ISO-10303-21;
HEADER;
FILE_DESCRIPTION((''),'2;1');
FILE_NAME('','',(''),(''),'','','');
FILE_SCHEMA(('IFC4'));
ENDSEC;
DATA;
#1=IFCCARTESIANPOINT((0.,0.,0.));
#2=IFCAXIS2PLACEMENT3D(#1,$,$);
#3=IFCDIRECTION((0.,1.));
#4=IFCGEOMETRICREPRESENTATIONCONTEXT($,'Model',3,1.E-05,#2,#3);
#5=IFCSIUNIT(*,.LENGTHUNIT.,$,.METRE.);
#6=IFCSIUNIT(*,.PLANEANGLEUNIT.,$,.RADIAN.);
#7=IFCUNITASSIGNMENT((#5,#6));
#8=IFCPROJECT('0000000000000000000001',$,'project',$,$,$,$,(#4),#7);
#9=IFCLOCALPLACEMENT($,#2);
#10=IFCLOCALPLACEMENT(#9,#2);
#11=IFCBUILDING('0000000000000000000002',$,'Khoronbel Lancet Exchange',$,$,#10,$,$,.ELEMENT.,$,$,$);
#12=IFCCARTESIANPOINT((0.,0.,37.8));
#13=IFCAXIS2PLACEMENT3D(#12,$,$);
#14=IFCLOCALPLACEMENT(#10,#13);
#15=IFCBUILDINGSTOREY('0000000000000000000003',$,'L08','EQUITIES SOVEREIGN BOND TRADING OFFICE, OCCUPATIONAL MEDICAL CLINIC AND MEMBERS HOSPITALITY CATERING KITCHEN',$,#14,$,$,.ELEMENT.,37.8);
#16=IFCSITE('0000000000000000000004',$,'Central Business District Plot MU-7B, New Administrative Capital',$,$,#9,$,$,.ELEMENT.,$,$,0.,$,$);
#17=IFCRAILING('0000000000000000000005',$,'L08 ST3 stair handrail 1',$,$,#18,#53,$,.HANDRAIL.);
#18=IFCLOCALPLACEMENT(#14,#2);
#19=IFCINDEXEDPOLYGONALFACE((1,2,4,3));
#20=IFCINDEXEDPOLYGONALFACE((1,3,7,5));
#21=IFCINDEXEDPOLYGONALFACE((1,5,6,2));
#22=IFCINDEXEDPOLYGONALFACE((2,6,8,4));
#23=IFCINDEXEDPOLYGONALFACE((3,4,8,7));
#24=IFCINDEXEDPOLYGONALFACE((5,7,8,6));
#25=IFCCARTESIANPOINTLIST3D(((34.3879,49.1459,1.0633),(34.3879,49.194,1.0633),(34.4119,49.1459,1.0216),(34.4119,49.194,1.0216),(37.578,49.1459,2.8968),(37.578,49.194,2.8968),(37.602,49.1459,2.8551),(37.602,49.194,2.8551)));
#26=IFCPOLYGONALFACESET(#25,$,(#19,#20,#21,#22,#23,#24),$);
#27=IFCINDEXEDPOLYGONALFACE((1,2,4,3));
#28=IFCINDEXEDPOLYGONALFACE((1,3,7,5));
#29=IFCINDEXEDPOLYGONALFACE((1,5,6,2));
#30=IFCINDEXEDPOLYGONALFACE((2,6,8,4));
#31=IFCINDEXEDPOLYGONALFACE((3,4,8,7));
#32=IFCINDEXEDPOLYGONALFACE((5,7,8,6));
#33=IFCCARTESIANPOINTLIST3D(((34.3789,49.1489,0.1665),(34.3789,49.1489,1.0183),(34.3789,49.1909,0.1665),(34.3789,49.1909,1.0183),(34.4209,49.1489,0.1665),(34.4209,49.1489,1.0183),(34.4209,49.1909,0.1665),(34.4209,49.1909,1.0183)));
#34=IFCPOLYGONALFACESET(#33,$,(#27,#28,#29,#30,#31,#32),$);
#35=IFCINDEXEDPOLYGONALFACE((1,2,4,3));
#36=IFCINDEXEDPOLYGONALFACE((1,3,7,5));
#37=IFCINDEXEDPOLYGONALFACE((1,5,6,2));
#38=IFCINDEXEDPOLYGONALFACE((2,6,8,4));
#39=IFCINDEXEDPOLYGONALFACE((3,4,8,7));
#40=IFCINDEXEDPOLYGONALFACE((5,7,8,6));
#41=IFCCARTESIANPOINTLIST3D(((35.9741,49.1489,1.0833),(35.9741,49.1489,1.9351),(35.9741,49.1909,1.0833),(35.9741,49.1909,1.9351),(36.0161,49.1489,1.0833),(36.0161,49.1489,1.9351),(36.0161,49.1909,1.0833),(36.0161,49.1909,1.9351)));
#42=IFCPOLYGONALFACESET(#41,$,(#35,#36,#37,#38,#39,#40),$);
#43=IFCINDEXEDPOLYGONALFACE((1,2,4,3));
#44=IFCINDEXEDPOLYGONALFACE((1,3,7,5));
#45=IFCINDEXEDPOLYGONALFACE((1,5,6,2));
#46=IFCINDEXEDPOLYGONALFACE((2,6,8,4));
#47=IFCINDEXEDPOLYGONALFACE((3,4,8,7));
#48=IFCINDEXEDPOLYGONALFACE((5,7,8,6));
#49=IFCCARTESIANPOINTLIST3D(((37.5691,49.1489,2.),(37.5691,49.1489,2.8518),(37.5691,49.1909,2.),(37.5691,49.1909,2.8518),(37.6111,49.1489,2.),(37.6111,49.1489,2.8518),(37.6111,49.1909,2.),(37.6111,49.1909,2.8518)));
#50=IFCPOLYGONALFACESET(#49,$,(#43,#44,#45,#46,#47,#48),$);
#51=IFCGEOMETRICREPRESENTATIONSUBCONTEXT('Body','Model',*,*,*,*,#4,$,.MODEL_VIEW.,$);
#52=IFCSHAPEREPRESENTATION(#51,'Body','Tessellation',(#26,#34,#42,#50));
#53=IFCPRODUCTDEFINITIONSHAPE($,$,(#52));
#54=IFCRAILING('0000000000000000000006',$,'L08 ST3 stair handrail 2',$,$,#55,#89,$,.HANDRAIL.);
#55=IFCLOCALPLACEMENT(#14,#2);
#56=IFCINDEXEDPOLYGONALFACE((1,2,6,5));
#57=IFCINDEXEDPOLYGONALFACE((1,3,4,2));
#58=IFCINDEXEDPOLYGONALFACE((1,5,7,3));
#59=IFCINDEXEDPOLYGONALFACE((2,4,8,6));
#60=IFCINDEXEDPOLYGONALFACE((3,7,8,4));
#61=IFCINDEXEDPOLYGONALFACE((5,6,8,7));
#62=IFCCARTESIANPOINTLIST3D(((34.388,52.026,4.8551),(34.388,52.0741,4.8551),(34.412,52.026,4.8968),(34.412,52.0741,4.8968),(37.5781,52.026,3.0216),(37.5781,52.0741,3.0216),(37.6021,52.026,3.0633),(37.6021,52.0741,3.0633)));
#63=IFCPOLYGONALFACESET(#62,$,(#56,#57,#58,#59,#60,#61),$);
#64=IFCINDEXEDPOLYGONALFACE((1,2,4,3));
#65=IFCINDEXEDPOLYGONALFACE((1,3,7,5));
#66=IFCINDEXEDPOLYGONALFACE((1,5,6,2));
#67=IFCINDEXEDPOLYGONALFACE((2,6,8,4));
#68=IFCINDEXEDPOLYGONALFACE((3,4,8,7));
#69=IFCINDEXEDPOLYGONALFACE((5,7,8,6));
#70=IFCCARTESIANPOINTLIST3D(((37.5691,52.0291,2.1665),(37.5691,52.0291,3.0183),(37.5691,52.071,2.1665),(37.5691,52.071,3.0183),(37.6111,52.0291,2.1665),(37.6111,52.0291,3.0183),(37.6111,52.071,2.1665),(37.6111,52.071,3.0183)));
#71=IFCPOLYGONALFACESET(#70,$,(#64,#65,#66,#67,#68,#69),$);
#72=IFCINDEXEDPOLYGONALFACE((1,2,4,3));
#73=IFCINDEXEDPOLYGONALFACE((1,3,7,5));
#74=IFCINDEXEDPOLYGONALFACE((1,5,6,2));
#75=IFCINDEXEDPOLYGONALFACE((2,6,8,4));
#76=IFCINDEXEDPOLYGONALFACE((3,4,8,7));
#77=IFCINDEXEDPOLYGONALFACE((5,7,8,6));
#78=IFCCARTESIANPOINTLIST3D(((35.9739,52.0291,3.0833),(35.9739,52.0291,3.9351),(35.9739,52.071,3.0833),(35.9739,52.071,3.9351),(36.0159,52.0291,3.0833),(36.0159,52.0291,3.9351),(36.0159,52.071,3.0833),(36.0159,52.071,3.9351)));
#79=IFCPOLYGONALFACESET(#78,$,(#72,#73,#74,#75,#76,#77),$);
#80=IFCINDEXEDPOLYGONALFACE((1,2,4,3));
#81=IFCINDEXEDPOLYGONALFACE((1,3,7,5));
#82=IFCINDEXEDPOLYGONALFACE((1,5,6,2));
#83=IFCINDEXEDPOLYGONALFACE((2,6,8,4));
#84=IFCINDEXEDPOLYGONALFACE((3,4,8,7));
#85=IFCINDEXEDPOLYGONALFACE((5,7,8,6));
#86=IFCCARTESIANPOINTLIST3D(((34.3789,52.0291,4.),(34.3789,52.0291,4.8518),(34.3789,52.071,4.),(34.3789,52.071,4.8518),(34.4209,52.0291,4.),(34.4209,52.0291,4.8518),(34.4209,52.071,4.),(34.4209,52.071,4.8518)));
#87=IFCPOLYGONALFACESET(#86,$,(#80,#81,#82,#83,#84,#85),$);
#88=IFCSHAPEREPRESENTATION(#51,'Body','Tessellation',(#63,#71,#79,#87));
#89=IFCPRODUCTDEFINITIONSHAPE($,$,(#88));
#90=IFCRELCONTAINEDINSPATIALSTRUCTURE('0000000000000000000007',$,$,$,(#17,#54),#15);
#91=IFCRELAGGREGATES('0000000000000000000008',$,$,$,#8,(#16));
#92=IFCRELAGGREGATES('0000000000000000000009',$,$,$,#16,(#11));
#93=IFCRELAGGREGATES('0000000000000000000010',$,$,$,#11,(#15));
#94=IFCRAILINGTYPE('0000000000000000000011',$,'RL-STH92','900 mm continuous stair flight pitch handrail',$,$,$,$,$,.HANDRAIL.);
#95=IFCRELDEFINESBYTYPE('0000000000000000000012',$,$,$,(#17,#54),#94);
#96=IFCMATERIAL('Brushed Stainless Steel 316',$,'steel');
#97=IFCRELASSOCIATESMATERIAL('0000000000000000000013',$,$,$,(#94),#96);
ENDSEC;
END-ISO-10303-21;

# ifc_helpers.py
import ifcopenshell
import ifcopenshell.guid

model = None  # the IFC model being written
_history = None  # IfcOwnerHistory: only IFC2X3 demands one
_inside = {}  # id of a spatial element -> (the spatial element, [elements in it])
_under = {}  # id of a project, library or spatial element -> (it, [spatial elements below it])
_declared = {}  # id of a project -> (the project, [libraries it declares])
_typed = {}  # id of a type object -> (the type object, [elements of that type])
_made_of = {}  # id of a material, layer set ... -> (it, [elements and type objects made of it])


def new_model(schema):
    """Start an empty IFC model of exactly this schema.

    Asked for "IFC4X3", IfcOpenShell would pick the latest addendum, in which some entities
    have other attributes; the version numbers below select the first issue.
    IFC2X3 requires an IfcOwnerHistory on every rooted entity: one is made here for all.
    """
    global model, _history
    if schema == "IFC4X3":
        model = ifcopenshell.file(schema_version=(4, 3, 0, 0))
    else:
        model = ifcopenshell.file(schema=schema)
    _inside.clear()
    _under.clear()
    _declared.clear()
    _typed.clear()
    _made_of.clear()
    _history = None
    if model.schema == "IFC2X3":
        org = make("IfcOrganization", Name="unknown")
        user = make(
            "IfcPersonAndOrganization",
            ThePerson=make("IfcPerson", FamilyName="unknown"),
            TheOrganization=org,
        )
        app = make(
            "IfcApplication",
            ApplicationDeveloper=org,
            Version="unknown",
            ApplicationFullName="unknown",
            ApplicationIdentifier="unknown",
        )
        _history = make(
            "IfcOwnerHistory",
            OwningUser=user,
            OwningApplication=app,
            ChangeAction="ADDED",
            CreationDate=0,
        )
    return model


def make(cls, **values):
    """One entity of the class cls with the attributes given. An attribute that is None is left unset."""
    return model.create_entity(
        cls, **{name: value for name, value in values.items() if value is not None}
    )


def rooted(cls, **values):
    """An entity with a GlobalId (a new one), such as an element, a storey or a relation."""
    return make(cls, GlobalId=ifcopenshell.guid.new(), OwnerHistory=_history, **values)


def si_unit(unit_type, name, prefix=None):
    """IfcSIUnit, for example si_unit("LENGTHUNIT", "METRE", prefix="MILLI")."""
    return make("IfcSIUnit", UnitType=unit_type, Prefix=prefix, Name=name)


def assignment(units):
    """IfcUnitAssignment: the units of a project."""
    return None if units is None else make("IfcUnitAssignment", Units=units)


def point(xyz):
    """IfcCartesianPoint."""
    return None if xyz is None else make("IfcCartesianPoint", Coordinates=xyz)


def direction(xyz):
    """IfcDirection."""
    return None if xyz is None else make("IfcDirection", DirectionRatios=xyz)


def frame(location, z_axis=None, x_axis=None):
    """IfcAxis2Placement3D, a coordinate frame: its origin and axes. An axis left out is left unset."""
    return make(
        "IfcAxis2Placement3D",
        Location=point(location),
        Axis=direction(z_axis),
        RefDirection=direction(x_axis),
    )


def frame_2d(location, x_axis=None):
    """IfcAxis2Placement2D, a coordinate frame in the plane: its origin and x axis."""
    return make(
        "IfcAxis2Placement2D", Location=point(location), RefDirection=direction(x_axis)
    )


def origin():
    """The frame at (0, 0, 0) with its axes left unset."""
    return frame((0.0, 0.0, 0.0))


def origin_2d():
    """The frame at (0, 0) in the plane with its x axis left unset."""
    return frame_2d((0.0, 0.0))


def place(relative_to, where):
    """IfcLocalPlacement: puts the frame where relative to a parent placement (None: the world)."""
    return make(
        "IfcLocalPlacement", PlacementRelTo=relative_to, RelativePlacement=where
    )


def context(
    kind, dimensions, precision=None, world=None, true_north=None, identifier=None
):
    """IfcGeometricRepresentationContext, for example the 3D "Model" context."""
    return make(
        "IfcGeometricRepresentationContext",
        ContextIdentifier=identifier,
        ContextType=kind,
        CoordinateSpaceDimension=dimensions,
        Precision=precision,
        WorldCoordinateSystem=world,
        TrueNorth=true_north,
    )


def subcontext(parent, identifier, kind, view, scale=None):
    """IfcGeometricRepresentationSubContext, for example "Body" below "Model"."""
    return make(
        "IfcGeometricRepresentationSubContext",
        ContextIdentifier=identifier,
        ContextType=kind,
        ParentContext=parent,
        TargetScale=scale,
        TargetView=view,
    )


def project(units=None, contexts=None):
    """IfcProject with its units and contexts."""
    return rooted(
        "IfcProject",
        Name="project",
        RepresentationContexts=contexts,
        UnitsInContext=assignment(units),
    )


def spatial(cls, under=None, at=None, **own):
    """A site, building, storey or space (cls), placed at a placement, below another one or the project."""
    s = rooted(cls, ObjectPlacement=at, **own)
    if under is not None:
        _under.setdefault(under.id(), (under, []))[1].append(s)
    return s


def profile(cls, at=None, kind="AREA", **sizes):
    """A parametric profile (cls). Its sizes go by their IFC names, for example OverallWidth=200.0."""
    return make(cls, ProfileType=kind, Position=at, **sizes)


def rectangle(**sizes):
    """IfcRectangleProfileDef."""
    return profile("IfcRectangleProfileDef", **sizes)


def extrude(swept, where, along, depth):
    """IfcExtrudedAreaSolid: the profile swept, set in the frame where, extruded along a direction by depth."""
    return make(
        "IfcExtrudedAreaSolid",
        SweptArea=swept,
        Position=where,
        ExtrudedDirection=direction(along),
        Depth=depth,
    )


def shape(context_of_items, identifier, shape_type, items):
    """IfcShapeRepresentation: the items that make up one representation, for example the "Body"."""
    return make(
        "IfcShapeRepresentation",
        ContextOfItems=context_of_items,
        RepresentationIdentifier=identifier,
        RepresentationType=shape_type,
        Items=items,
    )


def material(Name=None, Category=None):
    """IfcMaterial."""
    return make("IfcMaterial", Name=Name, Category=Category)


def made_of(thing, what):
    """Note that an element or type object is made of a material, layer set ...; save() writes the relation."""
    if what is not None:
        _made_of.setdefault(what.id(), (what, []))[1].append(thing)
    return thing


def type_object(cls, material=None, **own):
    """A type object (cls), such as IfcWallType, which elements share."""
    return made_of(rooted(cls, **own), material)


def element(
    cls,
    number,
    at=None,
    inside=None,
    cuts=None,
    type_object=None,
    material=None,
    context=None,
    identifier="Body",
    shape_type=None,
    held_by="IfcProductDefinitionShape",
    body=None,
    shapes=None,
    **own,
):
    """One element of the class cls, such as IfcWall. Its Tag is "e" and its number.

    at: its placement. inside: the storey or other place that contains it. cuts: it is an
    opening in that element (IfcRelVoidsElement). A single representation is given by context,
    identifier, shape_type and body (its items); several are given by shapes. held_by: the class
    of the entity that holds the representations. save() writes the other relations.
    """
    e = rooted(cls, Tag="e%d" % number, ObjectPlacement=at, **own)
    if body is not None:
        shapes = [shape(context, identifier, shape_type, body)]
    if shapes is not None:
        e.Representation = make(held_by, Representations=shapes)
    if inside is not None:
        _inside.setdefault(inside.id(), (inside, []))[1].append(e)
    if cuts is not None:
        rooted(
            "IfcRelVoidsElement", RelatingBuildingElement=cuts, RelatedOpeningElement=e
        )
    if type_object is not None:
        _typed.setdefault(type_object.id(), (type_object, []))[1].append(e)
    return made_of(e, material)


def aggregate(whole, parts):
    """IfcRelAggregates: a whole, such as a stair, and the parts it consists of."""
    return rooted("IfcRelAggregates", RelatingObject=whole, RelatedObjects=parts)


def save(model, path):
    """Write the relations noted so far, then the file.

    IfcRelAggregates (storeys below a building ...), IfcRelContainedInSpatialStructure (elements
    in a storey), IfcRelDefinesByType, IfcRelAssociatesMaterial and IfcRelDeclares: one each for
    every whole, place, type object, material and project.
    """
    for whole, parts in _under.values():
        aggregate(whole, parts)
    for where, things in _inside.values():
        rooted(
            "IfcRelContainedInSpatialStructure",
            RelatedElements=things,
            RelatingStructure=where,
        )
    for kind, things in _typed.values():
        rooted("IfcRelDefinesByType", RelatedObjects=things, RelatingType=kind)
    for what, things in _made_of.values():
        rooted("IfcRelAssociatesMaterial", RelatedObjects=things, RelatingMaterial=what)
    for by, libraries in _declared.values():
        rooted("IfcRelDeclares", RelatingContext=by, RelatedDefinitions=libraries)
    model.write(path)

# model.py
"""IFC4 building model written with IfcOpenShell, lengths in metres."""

from ifc_helpers import new_model, si_unit, direction, frame, origin, origin_2d, place, context, subcontext, project, spatial, rectangle, extrude, material, type_object, element, save


model = new_model("IFC4")

# Units and contexts
model_context = context("Model", 3, precision=1e-05, world=origin(), true_north=direction((0.0, 1.0)))
body_context = subcontext(model_context, "Body", "Model", "MODEL_VIEW")
ifc_project = project(units=[si_unit("LENGTHUNIT", "METRE"), si_unit("PLANEANGLEUNIT", "RADIAN")], contexts=[model_context])

# Site, building, storey
site_placement = place(None, origin())
site = spatial("IfcSite", under=ifc_project, at=site_placement, Name="Central Business District Plot MU-7B, New Administrative Capital", CompositionType="ELEMENT", RefElevation=0.0)
building_placement = place(site_placement, origin())
building = spatial("IfcBuilding", under=site, at=building_placement, Name="Khoronbel Lancet Exchange", CompositionType="ELEMENT")
storey_placement = place(building_placement, frame((0.0, 0.0, 37.8)))
storey = spatial("IfcBuildingStorey", under=building, at=storey_placement, Name="L08", Description="EQUITIES SOVEREIGN BOND TRADING OFFICE, OCCUPATIONAL MEDICAL CLINIC AND MEMBERS HOSPITALITY CATERING KITCHEN", CompositionType="ELEMENT", Elevation=37.8)

# Railings
ifc_material_1 = material(Name="Brushed Stainless Steel 316", Category="steel")
railing_type_1 = type_object("IfcRailingType", Name="RL-STH92", Description="900 mm continuous stair flight pitch handrail", PredefinedType="HANDRAIL", material=ifc_material_1)
railing_1_placement = place(storey_placement, frame((34.3999, 49.1699, 0.1665)))
element("IfcRailing", 1, at=railing_1_placement, inside=storey, type_object=railing_type_1, Name="L08 ST3 stair handrail 1", PredefinedType="HANDRAIL", context=body_context, shape_type="SweptSolid", body=[
    extrude(rectangle(XDim=0.0481, YDim=0.0481, at=origin_2d()), frame((0.0, 0.0, 0.876), z_axis=(0.867007, 0.0, 0.498295), x_axis=(0.0, 1.0, 0.0)), (0.0, 0.0, 1.0), 3.6794),
    extrude(rectangle(XDim=0.042, YDim=0.042, at=origin_2d()), origin(), (0.0, 0.0, 1.0), 0.8518),
    extrude(rectangle(XDim=0.042, YDim=0.042, at=origin_2d()), frame((1.5952, 0.0, 0.9167)), (0.0, 0.0, 1.0), 0.8518),
    extrude(rectangle(XDim=0.042, YDim=0.042, at=origin_2d()), frame((3.1902, 0.0, 1.8335)), (0.0, 0.0, 1.0), 0.8518),
])
railing_2_placement = place(storey_placement, frame((37.5901, 52.05, 2.1665)))
element("IfcRailing", 2, at=railing_2_placement, inside=storey, type_object=railing_type_1, Name="L08 ST3 stair handrail 2", PredefinedType="HANDRAIL", context=body_context, shape_type="SweptSolid", body=[
    extrude(rectangle(XDim=0.0481, YDim=0.0481, at=origin_2d()), frame((0.0, 0.0, 0.876), z_axis=(-0.867007, 0.0, 0.498295), x_axis=(0.0, -1.0, 0.0)), (0.0, 0.0, 1.0), 3.6794),
    extrude(rectangle(XDim=0.042, YDim=0.042, at=origin_2d()), origin(), (0.0, 0.0, 1.0), 0.8518),
    extrude(rectangle(XDim=0.042, YDim=0.042, at=origin_2d()), frame((-1.5952, 0.0, 0.9167)), (0.0, 0.0, 1.0), 0.8518),
    extrude(rectangle(XDim=0.042, YDim=0.042, at=origin_2d()), frame((-3.1902, 0.0, 1.8335)), (0.0, 0.0, 1.0), 0.8518),
])

save(model, "model.ifc")
